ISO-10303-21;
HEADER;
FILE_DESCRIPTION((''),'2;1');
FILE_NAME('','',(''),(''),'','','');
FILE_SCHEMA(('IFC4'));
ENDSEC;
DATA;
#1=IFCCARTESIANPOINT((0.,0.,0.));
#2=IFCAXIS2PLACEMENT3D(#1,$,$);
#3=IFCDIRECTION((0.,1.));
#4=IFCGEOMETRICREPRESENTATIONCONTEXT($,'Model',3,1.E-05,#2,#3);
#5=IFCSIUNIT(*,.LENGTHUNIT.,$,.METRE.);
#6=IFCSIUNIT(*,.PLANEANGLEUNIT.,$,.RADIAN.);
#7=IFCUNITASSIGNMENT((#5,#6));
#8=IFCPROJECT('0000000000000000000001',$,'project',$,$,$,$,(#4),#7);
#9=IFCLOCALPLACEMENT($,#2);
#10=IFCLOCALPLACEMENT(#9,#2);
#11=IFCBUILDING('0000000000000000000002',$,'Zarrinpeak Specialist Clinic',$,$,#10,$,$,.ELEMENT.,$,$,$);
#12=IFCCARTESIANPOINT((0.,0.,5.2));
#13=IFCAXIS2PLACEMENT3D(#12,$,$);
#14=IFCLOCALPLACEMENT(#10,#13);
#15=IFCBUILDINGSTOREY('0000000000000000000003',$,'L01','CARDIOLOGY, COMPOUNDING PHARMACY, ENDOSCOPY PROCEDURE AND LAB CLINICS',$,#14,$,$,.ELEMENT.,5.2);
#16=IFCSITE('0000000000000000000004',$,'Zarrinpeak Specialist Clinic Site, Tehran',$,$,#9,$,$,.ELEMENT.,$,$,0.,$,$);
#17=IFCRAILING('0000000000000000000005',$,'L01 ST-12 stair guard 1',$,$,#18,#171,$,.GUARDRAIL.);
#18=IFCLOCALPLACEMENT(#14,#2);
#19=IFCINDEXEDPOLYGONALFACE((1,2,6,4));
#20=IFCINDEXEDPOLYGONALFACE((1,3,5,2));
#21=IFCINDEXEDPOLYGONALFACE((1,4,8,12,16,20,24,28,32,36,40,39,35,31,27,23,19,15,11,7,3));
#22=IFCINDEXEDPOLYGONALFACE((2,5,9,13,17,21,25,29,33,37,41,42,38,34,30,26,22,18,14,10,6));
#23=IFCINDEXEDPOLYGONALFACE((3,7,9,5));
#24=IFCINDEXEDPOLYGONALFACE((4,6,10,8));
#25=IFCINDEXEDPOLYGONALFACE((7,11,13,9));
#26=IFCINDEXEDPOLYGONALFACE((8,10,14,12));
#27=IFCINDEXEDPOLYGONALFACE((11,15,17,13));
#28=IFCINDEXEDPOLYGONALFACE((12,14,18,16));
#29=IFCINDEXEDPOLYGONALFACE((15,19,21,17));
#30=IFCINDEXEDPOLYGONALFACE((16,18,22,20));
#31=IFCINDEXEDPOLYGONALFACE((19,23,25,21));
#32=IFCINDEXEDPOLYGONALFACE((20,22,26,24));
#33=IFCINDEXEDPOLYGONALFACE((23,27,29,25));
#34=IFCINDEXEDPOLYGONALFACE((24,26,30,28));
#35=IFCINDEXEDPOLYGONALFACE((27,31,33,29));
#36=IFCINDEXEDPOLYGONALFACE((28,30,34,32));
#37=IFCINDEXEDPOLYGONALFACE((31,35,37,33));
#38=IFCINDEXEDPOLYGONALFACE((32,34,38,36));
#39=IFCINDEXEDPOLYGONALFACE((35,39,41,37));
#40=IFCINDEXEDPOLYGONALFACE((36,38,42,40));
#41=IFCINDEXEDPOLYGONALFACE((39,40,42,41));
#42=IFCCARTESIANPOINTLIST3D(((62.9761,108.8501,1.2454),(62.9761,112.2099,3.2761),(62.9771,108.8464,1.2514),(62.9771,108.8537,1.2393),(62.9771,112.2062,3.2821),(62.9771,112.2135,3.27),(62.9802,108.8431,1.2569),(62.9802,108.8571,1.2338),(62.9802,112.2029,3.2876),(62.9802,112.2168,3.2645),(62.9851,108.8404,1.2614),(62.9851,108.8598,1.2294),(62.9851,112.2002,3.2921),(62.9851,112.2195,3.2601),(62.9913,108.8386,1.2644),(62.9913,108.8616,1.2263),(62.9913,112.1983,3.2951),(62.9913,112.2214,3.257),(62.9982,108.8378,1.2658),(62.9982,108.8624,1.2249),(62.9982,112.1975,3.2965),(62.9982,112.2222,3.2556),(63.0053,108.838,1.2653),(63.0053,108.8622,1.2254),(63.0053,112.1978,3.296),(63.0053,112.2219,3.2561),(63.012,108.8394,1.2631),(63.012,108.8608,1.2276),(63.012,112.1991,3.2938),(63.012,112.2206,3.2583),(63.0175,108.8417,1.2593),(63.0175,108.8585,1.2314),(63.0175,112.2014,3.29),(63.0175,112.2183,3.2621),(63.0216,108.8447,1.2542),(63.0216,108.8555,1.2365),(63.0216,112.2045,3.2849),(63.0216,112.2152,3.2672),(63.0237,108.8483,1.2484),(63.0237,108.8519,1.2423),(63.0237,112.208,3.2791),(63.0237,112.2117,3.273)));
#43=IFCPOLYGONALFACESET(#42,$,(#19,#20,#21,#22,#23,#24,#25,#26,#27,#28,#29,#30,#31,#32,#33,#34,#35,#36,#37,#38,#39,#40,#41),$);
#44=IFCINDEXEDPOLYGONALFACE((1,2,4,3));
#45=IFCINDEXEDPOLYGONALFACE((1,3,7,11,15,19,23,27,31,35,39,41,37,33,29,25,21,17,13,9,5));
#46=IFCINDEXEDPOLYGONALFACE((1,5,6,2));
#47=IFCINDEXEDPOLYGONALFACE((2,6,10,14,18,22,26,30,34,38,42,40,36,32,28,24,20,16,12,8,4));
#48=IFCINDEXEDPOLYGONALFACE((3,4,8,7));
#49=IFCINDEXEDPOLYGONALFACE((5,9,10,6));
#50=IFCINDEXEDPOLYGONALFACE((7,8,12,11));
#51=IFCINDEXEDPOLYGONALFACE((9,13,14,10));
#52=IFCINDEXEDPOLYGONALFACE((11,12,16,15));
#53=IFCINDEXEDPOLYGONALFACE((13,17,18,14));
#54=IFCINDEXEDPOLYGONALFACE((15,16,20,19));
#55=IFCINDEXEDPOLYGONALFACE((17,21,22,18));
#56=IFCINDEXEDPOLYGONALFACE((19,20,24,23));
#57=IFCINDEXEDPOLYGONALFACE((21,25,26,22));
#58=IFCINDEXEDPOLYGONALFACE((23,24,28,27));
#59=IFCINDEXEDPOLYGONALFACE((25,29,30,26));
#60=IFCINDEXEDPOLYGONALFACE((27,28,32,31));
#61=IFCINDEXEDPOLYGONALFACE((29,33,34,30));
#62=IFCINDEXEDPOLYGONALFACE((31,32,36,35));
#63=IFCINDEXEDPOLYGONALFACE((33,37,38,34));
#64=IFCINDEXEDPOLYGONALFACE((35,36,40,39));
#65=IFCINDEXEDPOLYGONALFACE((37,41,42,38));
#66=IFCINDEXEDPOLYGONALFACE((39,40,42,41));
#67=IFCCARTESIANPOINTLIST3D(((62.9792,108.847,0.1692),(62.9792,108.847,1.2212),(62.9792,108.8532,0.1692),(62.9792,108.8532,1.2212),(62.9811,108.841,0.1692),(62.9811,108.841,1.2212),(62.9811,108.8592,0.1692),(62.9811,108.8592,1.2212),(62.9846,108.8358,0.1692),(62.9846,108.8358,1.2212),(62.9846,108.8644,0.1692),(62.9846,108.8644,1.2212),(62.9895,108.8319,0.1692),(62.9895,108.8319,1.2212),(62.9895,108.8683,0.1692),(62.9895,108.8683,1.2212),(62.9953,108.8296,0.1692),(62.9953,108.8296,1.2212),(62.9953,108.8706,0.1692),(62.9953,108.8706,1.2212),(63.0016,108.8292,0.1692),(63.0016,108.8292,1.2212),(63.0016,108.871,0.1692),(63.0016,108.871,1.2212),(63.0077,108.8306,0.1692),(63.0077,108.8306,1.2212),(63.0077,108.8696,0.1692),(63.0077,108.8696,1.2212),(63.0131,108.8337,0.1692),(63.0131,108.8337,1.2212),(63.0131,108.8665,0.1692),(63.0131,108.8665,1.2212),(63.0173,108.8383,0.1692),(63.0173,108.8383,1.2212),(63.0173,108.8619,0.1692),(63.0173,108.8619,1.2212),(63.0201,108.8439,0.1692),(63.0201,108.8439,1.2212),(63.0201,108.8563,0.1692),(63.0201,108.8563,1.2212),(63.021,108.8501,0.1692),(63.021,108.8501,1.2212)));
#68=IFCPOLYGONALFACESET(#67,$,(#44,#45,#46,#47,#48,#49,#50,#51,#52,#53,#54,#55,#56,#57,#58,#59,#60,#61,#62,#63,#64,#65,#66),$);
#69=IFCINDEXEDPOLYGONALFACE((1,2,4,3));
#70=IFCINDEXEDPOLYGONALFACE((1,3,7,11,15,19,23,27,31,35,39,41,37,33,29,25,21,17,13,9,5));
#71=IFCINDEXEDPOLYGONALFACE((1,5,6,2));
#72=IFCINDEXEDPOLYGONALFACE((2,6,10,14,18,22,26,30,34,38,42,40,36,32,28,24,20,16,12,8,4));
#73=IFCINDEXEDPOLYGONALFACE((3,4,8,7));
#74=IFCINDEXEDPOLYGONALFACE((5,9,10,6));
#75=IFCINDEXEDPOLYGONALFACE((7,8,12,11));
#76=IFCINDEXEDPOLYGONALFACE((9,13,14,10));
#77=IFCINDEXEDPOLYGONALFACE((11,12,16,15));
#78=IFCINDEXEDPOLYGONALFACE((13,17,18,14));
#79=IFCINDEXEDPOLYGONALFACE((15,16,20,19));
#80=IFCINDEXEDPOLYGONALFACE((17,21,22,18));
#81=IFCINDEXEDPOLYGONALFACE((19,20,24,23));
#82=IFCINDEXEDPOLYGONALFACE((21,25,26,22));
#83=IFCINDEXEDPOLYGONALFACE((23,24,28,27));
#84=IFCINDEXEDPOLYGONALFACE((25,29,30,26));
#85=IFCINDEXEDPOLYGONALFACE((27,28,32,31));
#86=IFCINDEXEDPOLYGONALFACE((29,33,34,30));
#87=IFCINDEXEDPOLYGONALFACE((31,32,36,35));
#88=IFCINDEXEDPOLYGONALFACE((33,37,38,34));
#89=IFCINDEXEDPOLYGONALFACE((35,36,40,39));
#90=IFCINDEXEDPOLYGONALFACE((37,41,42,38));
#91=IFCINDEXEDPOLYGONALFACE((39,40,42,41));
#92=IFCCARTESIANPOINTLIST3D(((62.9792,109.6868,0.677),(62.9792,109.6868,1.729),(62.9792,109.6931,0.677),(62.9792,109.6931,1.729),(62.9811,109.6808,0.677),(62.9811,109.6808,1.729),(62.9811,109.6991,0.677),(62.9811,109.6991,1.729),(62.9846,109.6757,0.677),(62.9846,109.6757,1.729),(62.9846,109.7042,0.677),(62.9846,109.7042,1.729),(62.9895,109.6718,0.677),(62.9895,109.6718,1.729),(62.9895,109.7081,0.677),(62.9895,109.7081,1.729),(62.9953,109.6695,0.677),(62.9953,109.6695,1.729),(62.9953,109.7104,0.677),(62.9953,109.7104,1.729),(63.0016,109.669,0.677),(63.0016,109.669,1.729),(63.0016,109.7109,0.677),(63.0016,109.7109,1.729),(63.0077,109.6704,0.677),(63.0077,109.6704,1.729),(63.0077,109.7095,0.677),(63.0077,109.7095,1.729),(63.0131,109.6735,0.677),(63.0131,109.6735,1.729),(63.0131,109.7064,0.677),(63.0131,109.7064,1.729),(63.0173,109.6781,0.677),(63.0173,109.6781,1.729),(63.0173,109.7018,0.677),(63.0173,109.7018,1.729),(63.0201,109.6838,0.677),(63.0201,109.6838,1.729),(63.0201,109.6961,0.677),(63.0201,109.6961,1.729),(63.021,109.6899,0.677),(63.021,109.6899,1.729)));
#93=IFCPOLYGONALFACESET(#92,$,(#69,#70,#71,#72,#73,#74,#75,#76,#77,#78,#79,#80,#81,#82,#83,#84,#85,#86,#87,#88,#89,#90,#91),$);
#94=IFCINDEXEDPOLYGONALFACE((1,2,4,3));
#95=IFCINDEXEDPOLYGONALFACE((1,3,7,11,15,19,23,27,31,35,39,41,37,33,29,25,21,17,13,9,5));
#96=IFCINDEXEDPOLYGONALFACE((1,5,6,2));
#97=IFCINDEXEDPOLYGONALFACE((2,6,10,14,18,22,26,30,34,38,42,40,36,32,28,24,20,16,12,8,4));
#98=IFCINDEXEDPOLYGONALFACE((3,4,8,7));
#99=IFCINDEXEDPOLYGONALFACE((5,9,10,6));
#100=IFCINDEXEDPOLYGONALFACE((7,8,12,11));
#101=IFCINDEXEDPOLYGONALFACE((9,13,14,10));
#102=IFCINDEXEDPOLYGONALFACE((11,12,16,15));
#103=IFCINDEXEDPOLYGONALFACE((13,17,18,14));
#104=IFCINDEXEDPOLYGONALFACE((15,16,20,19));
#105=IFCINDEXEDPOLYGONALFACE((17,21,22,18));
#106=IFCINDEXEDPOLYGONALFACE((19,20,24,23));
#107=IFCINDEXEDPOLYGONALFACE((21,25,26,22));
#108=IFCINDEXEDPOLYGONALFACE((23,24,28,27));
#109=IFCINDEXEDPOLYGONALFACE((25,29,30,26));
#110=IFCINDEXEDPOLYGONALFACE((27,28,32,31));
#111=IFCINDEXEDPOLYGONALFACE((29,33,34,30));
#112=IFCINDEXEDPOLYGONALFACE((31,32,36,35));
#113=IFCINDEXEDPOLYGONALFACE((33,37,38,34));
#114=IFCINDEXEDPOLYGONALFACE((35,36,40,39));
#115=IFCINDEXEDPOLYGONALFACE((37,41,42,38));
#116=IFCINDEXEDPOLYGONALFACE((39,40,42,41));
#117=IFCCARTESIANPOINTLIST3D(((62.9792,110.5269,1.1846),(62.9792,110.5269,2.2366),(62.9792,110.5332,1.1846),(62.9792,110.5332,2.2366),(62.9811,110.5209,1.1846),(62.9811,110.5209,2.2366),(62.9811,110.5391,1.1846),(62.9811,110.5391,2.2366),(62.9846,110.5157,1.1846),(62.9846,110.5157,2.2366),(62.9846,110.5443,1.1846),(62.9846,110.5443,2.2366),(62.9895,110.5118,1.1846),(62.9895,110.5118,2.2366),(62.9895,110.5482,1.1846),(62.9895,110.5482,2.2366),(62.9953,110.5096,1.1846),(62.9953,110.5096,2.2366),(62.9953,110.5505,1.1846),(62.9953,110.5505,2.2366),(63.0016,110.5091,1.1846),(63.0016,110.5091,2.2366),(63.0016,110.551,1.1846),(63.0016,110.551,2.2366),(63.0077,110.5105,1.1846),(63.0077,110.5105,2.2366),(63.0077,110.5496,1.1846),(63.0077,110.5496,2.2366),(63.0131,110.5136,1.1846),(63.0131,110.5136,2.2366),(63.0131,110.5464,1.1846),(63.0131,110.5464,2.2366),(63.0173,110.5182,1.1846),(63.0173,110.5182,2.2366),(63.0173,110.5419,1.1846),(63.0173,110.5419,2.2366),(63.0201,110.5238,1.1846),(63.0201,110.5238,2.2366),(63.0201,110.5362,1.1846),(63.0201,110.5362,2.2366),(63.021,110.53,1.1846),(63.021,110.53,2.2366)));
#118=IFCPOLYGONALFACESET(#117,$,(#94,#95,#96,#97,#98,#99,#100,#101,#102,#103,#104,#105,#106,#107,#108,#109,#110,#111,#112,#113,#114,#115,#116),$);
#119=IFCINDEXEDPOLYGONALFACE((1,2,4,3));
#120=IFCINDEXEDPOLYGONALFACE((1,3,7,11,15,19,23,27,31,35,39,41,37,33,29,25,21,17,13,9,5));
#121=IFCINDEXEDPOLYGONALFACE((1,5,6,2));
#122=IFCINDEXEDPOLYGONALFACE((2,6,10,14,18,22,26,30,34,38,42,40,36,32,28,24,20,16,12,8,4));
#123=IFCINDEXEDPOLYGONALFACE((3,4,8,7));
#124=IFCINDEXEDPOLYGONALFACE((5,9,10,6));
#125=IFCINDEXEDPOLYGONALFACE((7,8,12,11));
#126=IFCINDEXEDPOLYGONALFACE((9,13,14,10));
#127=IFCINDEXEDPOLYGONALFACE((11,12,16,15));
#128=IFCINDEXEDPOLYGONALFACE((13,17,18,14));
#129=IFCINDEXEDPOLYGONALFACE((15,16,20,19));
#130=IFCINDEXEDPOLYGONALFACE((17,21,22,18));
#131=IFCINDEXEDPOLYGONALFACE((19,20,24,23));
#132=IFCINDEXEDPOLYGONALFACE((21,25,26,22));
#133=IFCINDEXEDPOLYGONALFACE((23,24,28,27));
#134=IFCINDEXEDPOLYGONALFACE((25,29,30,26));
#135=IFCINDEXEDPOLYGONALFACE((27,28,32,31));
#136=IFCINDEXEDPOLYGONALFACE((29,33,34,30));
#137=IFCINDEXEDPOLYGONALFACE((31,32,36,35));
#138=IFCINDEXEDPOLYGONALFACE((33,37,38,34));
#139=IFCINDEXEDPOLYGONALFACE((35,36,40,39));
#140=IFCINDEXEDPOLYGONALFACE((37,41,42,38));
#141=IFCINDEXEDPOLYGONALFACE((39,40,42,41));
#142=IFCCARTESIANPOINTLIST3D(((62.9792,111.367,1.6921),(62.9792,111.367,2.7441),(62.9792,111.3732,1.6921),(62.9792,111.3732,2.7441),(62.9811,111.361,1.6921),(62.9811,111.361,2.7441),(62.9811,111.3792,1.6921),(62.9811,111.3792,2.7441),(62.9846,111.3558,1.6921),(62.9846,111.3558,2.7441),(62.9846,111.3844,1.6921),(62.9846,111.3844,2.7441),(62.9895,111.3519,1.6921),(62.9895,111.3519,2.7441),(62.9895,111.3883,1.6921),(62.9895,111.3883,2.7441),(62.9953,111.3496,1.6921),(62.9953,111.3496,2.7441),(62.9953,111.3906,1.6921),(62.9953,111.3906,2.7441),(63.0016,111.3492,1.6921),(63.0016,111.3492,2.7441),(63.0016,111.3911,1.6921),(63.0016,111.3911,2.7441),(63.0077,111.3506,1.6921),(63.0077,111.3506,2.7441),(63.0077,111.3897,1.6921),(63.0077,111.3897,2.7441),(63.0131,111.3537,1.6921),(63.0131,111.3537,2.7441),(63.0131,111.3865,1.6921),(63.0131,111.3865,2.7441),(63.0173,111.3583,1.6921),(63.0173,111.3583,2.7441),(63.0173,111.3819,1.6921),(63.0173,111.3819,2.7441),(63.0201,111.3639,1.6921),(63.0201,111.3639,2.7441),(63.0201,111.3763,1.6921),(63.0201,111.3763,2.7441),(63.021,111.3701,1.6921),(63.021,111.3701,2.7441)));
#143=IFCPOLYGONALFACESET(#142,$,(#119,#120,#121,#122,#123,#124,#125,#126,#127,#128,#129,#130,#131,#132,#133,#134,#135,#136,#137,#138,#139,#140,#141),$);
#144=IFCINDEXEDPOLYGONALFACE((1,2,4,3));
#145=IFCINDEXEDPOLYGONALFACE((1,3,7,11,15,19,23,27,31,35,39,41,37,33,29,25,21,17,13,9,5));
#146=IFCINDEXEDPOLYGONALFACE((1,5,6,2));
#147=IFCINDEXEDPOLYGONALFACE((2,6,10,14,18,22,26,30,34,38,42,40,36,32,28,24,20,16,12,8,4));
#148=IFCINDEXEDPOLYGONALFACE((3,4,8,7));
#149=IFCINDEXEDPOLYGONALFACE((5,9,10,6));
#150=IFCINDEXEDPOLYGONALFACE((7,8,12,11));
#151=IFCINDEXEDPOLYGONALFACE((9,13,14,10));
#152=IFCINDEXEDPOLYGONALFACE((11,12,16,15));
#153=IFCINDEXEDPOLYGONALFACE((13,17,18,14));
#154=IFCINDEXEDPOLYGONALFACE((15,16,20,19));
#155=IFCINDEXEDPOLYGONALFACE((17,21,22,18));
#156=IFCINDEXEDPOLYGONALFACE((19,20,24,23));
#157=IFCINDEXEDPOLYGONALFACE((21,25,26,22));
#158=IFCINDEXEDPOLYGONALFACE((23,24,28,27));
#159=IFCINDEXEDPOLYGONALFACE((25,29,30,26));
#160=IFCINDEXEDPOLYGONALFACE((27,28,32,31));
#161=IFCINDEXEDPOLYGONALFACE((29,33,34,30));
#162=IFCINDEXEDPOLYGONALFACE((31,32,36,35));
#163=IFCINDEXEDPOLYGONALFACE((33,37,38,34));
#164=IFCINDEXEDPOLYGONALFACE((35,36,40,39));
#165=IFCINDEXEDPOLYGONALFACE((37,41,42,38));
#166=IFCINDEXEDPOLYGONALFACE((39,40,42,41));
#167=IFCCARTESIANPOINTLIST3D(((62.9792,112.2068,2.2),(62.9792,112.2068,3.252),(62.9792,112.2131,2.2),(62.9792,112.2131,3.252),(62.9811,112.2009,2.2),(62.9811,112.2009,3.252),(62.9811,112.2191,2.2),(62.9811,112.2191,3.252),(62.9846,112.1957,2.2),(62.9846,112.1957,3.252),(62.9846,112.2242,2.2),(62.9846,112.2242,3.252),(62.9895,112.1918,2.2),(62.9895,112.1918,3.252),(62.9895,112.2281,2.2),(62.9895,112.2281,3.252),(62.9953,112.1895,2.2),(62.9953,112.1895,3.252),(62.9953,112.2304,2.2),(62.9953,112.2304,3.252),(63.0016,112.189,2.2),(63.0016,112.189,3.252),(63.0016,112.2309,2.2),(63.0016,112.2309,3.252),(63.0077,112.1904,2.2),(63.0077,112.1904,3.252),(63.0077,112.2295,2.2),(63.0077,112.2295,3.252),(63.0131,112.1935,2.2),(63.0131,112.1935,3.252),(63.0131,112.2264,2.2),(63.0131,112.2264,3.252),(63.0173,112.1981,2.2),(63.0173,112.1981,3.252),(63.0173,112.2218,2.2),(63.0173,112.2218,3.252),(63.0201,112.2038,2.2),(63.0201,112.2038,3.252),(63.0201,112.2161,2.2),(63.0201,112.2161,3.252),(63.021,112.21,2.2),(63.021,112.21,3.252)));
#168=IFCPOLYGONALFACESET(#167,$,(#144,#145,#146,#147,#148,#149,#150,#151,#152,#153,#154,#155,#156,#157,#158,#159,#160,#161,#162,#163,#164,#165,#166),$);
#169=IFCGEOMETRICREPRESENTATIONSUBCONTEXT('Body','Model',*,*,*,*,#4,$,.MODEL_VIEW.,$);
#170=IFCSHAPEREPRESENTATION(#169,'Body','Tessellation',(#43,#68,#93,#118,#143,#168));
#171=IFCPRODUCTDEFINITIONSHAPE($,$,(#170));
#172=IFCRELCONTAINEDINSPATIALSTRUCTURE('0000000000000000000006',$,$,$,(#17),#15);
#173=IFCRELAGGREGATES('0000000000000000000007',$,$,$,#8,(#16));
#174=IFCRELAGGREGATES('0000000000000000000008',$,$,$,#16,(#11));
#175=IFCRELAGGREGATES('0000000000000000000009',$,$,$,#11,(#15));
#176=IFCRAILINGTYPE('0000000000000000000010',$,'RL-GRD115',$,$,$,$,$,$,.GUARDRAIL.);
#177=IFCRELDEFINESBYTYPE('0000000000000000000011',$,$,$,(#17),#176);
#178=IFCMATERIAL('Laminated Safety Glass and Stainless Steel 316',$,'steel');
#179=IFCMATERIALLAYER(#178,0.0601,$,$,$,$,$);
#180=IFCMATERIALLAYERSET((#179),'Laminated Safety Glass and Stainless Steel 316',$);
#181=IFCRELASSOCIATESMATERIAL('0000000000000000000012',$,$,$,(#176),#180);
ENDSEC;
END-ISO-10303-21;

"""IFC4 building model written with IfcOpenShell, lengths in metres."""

from ifc_helpers import new_model, si_unit, direction, frame, origin, origin_2d, place, context, subcontext, project, spatial, circle, extrude, material, layer, layer_set, type_object, element, save


model = new_model("IFC4")

# Units and contexts
model_context = context("Model", 3, precision=1e-05, world=origin(), true_north=direction((0.0, 1.0)))
body_context = subcontext(model_context, "Body", "Model", "MODEL_VIEW")
ifc_project = project(units=[si_unit("LENGTHUNIT", "METRE"), si_unit("PLANEANGLEUNIT", "RADIAN")], contexts=[model_context])

# Site, building, storey
site_placement = place(None, origin())
site = spatial("IfcSite", under=ifc_project, at=site_placement, Name="Zarrinpeak Specialist Clinic Site, Tehran", CompositionType="ELEMENT", RefElevation=0.0)
building_placement = place(site_placement, origin())
building = spatial("IfcBuilding", under=site, at=building_placement, Name="Zarrinpeak Specialist Clinic", CompositionType="ELEMENT")
storey_placement = place(building_placement, frame((0.0, 0.0, 5.2)))
storey = spatial("IfcBuildingStorey", under=building, at=storey_placement, Name="L01", Description="CARDIOLOGY, COMPOUNDING PHARMACY, ENDOSCOPY PROCEDURE AND LAB CLINICS", CompositionType="ELEMENT", Elevation=5.2)

# Railing
ifc_material_1 = material(Name="Laminated Safety Glass and Stainless Steel 316", Category="steel")
ifc_layer_1 = layer(ifc_material_1, 0.0601)
ifc_layer_set_1 = layer_set([ifc_layer_1], Name="Laminated Safety Glass and Stainless Steel 316")
railing_type_1 = type_object("IfcRailingType", Name="RL-GRD115", PredefinedType="GUARDRAIL", material=ifc_layer_set_1)
railing_1_placement = place(storey_placement, frame((63.0, 108.8501, 0.1692)))
element("IfcRailing", 1, at=railing_1_placement, inside=storey, type_object=railing_type_1, Name="L01 ST-12 stair guard 1", PredefinedType="GUARDRAIL", context=body_context, shape_type="SweptSolid", body=[
    extrude(circle(Radius=0.0239, at=origin_2d()), frame((0.0, 0.0, 1.0762), z_axis=(0.0, 0.85582, 0.517273), x_axis=(-1.0, 0.0, 0.0)), (0.0, 0.0, 1.0), 3.9258),
    extrude(circle(Radius=0.021, at=origin_2d()), origin(), (0.0, 0.0, 1.0), 1.052),
    extrude(circle(Radius=0.021, at=origin_2d()), frame((0.0, 0.8398, 0.5078)), (0.0, 0.0, 1.0), 1.052),
    extrude(circle(Radius=0.021, at=origin_2d()), frame((0.0, 1.6799, 1.0154)), (0.0, 0.0, 1.0), 1.052),
    extrude(circle(Radius=0.021, at=origin_2d()), frame((0.0, 2.52, 1.5229)), (0.0, 0.0, 1.0), 1.052),
    extrude(circle(Radius=0.021, at=origin_2d()), frame((0.0, 3.3599, 2.0308)), (0.0, 0.0, 1.0), 1.052),
])

save(model, "model.ifc")
